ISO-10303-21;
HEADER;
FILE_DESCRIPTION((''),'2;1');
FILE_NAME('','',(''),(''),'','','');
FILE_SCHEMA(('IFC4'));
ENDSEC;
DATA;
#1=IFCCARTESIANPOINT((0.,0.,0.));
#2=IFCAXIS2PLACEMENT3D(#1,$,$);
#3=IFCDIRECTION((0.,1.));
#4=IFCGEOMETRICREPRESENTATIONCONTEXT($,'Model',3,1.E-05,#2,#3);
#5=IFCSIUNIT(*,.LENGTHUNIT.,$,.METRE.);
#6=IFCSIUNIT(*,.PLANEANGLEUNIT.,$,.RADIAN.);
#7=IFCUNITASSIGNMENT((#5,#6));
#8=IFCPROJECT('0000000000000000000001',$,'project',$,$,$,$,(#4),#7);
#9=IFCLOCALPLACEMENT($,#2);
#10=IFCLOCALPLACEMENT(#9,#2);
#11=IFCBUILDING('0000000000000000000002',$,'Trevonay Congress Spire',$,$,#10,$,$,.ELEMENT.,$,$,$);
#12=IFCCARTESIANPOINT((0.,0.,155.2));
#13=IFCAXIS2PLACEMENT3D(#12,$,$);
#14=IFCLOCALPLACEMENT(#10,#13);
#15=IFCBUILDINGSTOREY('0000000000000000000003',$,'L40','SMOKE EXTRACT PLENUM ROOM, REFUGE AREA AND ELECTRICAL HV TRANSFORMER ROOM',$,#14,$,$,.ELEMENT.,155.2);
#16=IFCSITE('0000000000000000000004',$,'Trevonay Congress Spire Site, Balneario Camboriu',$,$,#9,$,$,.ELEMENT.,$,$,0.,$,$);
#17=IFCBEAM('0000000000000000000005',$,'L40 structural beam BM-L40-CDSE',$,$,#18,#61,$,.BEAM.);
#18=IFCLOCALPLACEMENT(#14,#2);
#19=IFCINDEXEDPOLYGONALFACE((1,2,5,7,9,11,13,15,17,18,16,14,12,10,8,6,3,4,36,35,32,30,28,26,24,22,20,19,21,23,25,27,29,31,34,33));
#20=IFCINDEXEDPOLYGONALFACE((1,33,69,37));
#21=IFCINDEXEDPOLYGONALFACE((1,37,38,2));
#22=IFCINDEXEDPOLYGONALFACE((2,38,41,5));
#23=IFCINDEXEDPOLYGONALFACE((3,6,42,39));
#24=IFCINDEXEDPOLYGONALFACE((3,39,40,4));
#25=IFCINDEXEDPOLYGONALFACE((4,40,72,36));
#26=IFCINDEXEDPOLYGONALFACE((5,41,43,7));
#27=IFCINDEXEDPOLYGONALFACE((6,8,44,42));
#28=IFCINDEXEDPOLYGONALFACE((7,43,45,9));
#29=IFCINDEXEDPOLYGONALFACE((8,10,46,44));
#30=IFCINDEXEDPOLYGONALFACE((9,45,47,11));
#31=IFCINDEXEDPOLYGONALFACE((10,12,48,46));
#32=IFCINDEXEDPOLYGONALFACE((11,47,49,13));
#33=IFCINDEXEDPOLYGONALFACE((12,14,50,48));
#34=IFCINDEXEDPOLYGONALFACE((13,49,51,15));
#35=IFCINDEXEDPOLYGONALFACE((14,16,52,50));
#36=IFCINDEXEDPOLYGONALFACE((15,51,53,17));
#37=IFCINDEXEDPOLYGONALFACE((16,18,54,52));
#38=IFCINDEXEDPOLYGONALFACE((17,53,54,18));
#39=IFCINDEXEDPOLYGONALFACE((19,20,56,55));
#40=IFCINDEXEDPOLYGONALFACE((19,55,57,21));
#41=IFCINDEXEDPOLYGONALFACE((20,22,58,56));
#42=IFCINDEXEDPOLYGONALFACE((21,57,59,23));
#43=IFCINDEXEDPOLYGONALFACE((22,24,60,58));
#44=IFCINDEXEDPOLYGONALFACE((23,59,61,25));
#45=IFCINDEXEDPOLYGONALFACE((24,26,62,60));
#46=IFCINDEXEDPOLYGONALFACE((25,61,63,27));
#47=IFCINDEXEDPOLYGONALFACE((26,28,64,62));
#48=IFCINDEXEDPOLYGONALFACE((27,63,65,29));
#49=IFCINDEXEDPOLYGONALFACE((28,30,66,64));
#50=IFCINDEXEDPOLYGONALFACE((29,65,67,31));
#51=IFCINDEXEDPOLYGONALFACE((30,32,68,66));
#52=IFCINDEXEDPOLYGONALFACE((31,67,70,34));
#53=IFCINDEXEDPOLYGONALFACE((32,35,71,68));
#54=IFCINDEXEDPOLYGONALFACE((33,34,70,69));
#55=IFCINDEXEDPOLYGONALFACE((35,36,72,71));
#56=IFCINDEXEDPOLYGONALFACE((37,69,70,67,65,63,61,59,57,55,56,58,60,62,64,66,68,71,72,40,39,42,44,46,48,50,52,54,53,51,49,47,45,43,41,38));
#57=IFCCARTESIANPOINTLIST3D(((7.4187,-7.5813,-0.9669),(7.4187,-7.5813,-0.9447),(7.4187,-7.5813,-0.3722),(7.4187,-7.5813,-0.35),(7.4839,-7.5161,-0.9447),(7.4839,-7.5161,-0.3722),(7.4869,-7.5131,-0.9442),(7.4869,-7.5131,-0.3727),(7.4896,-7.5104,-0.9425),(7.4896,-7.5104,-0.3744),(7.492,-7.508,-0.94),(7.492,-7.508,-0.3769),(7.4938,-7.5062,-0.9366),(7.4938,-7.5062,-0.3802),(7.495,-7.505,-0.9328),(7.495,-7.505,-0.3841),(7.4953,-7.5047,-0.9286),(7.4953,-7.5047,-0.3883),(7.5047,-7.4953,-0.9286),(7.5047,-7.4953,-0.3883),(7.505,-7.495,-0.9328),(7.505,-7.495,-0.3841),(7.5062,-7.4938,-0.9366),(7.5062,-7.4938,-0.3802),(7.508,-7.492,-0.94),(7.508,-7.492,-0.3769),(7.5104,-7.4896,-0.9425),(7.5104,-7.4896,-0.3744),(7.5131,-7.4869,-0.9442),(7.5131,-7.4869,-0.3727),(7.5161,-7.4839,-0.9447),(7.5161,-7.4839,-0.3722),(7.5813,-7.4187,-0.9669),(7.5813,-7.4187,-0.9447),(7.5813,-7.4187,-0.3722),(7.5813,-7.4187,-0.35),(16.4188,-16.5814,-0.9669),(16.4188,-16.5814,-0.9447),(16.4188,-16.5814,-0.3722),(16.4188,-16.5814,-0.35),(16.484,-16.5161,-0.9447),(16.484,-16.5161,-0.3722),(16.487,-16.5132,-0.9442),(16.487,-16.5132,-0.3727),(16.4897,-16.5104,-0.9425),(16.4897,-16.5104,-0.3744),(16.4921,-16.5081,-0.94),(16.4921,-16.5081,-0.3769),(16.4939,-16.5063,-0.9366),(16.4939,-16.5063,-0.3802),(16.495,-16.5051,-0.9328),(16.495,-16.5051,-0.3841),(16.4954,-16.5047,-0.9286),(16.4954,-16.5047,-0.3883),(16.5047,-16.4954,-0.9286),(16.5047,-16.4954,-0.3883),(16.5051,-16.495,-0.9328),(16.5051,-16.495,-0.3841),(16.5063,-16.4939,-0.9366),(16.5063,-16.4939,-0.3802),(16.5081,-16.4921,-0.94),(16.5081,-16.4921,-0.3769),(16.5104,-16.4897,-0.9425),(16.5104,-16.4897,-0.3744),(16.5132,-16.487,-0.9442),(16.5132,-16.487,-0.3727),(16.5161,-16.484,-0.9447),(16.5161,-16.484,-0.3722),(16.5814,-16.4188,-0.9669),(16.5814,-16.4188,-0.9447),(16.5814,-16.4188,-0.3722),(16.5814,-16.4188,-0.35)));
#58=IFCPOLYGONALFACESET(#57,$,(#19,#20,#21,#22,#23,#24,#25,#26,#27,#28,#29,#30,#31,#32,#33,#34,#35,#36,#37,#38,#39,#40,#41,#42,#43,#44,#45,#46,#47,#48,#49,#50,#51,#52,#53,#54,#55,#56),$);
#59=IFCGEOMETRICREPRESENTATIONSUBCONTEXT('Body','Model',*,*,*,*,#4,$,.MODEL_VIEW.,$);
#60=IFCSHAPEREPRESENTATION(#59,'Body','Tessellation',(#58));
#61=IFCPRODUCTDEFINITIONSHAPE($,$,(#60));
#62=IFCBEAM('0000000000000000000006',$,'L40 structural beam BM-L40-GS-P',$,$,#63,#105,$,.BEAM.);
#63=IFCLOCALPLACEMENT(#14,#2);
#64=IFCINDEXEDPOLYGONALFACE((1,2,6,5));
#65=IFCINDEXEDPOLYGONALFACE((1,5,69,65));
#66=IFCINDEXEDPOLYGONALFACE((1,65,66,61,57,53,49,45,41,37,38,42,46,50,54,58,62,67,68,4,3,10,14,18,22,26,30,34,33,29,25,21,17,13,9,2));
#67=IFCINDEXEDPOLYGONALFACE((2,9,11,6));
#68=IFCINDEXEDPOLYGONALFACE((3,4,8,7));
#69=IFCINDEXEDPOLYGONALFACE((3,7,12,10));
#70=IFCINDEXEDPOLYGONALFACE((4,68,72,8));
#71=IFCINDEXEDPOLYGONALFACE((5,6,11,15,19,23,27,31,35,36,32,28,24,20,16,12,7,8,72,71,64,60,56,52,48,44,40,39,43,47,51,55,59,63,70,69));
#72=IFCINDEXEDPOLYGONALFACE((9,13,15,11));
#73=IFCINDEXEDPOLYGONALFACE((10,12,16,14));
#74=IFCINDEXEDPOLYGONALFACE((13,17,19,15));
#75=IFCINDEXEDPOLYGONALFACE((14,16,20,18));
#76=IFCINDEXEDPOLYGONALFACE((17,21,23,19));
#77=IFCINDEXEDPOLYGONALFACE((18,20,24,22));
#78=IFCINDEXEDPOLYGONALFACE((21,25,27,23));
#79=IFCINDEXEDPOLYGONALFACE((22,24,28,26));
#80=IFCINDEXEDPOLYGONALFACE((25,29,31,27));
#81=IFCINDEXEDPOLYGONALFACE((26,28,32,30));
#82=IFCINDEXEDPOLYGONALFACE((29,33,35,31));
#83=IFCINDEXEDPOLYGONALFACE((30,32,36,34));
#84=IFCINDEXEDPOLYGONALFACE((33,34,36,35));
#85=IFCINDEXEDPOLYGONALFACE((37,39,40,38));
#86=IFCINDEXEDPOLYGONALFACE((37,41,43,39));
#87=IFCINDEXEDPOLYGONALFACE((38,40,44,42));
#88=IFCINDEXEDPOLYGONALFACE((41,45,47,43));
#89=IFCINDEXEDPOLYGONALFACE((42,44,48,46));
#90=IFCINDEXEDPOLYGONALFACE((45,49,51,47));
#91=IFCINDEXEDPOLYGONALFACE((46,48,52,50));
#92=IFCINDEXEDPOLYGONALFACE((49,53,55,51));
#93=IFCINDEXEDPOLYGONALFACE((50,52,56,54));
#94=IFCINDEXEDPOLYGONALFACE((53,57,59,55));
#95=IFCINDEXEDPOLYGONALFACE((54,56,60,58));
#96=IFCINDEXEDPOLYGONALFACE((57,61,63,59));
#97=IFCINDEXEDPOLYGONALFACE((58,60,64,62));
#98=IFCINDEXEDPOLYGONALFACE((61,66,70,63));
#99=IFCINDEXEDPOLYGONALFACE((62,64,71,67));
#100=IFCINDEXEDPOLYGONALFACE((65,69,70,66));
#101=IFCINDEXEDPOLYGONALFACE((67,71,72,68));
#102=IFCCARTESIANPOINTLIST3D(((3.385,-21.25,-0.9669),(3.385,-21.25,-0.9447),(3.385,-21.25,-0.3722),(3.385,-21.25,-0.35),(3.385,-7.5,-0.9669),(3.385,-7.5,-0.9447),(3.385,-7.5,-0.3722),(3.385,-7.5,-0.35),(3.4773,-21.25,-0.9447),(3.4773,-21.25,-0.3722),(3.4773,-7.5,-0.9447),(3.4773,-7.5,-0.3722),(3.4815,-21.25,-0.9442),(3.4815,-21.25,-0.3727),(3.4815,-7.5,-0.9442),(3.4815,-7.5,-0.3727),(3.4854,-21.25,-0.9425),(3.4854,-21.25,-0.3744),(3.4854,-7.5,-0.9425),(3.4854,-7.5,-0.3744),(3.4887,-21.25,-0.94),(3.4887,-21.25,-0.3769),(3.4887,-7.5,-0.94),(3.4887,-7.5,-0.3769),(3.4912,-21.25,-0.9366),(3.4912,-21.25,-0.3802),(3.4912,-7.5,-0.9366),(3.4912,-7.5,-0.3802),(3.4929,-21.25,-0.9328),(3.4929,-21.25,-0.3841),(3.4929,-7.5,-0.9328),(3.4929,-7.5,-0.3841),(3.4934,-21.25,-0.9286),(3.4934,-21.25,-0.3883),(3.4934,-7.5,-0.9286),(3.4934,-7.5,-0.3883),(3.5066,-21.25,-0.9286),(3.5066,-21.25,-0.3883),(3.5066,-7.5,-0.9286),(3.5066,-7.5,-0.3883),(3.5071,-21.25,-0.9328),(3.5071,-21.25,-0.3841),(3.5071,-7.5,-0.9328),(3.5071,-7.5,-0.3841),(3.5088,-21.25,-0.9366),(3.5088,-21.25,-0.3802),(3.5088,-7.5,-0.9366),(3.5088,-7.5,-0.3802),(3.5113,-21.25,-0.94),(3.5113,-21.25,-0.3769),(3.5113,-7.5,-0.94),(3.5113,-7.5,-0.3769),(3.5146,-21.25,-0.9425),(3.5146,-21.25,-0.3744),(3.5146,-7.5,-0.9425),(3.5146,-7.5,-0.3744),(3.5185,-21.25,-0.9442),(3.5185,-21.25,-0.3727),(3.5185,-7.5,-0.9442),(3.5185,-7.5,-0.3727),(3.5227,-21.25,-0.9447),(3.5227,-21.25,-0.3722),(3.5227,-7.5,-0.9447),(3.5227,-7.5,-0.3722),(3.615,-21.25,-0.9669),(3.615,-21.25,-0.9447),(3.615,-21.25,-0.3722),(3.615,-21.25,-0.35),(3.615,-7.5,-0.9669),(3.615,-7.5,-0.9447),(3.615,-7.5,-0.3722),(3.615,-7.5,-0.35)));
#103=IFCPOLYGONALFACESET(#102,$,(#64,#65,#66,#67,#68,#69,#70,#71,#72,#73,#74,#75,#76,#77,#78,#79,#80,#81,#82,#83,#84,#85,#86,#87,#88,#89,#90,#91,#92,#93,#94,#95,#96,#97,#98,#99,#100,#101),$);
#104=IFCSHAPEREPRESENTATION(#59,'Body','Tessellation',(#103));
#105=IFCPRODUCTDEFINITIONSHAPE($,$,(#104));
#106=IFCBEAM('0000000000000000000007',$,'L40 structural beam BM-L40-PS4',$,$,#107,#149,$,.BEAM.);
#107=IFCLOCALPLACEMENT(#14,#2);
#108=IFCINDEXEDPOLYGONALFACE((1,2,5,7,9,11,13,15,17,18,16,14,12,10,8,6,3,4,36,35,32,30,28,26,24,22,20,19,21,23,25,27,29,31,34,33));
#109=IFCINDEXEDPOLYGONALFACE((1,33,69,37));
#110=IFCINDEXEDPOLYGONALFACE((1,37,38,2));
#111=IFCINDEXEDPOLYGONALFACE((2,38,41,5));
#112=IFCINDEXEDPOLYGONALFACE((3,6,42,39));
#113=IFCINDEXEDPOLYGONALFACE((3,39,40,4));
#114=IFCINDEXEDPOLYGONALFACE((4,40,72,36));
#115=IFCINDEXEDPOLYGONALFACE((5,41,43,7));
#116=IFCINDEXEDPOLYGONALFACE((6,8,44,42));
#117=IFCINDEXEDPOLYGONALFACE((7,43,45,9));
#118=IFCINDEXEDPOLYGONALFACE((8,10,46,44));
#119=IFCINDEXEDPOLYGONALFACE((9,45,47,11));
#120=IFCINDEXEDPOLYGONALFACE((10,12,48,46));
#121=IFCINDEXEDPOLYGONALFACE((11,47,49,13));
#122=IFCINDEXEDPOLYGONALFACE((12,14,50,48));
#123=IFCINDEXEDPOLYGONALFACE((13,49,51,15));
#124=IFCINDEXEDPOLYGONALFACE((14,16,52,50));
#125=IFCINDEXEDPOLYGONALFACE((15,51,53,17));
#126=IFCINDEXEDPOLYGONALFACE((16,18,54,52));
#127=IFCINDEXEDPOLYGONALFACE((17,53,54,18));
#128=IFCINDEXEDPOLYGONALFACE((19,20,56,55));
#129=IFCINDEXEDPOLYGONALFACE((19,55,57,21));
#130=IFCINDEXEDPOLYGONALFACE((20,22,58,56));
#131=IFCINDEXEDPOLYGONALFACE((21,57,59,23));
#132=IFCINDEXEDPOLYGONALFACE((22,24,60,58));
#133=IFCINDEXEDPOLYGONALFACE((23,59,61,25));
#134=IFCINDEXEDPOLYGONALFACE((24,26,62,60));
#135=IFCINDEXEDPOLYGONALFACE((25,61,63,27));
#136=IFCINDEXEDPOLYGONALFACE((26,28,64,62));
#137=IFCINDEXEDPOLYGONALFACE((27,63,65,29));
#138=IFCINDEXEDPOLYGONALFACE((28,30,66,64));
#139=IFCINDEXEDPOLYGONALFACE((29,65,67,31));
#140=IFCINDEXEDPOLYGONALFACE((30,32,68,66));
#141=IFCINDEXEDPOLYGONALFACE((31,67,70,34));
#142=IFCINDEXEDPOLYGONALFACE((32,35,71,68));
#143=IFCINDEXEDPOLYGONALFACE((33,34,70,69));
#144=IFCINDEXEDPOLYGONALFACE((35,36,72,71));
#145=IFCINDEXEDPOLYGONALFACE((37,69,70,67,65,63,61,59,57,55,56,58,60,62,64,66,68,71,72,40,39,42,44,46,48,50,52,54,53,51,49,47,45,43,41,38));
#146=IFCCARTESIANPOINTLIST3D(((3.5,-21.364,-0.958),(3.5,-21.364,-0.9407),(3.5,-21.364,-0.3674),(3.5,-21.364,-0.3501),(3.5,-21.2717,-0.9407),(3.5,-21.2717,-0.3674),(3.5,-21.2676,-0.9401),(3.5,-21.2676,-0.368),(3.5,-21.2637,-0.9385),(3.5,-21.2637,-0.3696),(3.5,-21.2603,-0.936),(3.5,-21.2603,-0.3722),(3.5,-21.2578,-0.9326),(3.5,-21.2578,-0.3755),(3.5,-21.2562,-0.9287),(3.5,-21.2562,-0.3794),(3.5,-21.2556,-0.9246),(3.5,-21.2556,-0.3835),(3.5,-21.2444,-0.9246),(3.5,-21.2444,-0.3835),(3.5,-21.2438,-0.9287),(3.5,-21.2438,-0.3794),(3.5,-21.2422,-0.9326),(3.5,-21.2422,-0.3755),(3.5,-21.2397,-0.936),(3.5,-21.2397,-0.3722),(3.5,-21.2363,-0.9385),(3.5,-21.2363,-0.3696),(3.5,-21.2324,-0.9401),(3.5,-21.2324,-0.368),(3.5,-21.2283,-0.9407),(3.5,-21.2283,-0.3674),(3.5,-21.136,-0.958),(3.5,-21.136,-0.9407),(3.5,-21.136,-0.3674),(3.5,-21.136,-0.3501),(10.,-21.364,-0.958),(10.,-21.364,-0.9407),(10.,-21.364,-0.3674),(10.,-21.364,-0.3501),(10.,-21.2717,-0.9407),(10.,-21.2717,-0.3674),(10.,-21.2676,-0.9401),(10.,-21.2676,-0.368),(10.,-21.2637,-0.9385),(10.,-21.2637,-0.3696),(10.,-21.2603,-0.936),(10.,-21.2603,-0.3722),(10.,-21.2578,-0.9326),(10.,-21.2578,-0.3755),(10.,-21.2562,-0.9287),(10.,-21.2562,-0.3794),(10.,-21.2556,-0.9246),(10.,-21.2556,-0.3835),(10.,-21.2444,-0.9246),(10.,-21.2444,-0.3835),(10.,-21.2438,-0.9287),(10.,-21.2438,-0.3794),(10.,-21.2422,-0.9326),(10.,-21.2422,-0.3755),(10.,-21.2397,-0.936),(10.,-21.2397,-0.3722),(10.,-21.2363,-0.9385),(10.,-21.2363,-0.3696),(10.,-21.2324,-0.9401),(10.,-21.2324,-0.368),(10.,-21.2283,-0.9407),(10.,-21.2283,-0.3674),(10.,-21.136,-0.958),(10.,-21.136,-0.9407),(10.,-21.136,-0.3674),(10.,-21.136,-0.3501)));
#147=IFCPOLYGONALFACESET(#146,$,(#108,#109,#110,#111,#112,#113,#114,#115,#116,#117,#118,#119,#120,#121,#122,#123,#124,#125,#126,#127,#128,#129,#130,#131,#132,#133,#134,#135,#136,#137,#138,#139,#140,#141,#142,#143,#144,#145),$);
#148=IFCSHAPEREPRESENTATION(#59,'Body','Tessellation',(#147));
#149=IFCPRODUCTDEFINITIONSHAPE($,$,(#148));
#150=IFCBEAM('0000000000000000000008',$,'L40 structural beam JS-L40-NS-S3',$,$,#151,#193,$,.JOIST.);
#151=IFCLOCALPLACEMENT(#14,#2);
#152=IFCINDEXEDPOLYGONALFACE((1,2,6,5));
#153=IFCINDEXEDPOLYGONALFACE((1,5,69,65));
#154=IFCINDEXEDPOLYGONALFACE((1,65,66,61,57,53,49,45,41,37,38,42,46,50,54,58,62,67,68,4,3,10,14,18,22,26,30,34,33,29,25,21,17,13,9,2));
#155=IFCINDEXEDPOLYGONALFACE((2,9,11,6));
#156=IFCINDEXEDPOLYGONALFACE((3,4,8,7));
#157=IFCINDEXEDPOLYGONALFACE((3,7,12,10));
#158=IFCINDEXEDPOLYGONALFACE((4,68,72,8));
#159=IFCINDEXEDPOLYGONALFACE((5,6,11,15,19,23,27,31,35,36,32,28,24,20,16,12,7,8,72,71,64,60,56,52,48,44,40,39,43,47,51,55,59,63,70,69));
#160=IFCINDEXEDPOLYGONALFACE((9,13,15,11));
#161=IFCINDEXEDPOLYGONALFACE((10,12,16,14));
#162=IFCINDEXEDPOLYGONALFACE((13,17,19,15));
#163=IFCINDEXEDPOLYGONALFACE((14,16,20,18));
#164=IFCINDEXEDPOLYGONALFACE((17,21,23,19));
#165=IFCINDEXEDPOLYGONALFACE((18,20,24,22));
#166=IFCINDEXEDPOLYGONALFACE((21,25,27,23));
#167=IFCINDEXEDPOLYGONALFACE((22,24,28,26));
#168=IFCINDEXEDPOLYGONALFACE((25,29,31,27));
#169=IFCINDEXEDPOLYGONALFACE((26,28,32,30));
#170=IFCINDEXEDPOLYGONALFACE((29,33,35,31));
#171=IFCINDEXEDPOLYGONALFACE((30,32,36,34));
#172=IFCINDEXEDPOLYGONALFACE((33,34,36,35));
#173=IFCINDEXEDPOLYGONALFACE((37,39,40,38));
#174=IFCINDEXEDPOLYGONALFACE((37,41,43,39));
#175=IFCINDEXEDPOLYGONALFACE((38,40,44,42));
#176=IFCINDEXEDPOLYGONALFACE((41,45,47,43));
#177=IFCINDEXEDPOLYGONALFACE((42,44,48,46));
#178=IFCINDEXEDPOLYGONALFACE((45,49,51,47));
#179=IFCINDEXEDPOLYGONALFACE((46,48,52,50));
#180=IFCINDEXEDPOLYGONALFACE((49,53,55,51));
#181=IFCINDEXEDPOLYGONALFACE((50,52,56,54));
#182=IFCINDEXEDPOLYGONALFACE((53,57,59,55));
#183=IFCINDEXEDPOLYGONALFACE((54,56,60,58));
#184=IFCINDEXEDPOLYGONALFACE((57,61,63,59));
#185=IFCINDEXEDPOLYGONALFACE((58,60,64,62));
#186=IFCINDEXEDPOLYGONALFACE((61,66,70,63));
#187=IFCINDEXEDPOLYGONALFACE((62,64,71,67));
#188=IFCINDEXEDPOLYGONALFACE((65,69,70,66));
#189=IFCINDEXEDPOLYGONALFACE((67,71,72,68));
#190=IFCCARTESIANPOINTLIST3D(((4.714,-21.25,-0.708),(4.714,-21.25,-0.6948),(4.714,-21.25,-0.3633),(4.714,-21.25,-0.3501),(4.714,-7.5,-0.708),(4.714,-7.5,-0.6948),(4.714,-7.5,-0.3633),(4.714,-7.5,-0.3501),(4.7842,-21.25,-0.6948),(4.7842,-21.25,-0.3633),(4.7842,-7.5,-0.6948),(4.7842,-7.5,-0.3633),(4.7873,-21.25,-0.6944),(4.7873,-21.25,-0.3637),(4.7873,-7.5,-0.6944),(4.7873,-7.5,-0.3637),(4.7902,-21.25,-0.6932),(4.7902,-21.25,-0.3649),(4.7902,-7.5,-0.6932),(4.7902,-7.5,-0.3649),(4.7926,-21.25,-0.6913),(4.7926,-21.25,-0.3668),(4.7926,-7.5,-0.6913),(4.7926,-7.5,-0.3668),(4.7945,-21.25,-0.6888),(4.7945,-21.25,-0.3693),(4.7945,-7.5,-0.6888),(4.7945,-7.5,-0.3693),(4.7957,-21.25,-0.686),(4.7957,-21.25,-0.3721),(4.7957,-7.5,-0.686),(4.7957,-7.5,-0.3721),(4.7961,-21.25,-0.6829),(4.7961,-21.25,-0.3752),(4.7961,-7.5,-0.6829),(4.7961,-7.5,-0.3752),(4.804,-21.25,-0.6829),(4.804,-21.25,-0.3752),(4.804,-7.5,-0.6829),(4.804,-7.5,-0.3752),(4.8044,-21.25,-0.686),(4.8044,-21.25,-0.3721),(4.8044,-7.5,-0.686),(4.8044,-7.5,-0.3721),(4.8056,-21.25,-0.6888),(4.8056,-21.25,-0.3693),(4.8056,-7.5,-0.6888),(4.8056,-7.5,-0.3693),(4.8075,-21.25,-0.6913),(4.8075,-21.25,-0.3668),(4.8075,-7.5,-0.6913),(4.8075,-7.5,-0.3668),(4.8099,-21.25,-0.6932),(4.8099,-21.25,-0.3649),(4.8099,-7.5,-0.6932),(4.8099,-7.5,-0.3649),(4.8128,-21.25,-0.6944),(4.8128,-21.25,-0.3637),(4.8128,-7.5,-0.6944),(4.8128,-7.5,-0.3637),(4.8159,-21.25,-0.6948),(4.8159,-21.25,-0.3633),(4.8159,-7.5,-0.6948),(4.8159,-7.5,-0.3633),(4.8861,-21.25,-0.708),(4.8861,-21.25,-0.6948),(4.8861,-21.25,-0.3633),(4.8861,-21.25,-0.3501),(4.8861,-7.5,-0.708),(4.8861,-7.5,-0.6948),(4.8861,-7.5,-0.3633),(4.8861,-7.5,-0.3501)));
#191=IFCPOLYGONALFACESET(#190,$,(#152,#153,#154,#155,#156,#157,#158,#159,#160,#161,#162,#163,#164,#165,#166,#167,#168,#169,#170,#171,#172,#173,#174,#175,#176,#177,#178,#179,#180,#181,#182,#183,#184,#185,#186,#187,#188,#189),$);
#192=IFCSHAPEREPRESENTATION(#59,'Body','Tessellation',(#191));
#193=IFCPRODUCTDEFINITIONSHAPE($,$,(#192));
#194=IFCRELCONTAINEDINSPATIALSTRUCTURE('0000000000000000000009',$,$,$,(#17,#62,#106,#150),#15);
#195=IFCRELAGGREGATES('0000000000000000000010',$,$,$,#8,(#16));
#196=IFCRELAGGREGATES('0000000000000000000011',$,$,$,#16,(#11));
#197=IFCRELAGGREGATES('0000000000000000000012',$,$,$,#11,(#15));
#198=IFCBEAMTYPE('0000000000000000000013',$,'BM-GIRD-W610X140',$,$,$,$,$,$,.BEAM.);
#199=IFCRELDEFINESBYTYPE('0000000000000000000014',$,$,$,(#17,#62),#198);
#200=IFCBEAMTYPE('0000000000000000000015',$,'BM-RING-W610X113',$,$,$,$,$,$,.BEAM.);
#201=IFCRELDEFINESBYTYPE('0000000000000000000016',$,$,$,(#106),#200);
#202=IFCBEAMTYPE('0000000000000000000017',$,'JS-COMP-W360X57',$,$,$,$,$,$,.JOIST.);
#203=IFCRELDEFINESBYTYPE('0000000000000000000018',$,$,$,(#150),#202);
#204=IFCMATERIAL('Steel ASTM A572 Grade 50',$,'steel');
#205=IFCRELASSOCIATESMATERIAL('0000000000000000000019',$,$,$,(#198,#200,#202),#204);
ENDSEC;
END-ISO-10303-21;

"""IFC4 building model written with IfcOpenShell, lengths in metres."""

from ifc_helpers import new_model, si_unit, direction, frame, origin, origin_2d, place, context, subcontext, project, spatial, i_section, extrude, material, material_profile, profile_set, type_object, element, save


model = new_model("IFC4")

# Units and contexts
model_context = context("Model", 3, precision=1e-05, world=origin(), true_north=direction((0.0, 1.0)))
body_context = subcontext(model_context, "Body", "Model", "MODEL_VIEW")
ifc_project = project(units=[si_unit("LENGTHUNIT", "METRE"), si_unit("PLANEANGLEUNIT", "RADIAN")], contexts=[model_context])

# Site, building, storey
site_placement = place(None, origin())
site = spatial("IfcSite", under=ifc_project, at=site_placement, Name="Trevonay Congress Spire Site, Balneario Camboriu", CompositionType="ELEMENT", RefElevation=0.0)
building_placement = place(site_placement, origin())
building = spatial("IfcBuilding", under=site, at=building_placement, Name="Trevonay Congress Spire", CompositionType="ELEMENT")
storey_placement = place(building_placement, frame((0.0, 0.0, 155.2)))
storey = spatial("IfcBuildingStorey", under=building, at=storey_placement, Name="L40", Description="SMOKE EXTRACT PLENUM ROOM, REFUGE AREA AND ELECTRICAL HV TRANSFORMER ROOM", CompositionType="ELEMENT", Elevation=155.2)

# Shared definitions
ifc_material_1 = material(Name="Steel ASTM A572 Grade 50", Category="steel")

# Beams
ifc_material_profile_1 = material_profile(ifc_material_1, i_section(OverallWidth=0.23, OverallDepth=0.6169, WebThickness=0.0132, FlangeThickness=0.0222, FilletRadius=0.0161, at=origin_2d()), Name="W610x140")
ifc_profile_set_1 = profile_set([ifc_material_profile_1], Name="Steel ASTM A572 Grade 50")
beam_type_1 = type_object("IfcBeamType", Name="BM-GIRD-W610X140", PredefinedType="BEAM", material=ifc_profile_set_1)
beam_1_placement = place(storey_placement, frame((7.5, -7.5, -0.6584), z_axis=(0.707107, -0.707107, 0.0), x_axis=(0.707107, 0.707107, 0.0)))
element("IfcBeam", 1, at=beam_1_placement, inside=storey, type_object=beam_type_1, Name="L40 structural beam BM-L40-CDSE", PredefinedType="BEAM", context=body_context, shape_type="SweptSolid", body=[
    extrude(i_section(OverallWidth=0.23, OverallDepth=0.6169, WebThickness=0.0132, FlangeThickness=0.0222, FilletRadius=0.0161, at=origin_2d()), origin(), (0.0, 0.0, 1.0), 12.728),
])
beam_2_placement = place(storey_placement, frame((3.5, -7.5, -0.6584), z_axis=(0.0, -1.0, 0.0), x_axis=(1.0, 0.0, 0.0)))
element("IfcBeam", 2, at=beam_2_placement, inside=storey, type_object=beam_type_1, Name="L40 structural beam BM-L40-GS-P", PredefinedType="BEAM", context=body_context, shape_type="SweptSolid", body=[
    extrude(i_section(OverallWidth=0.23, OverallDepth=0.6169, WebThickness=0.0132, FlangeThickness=0.0222, FilletRadius=0.0161, at=origin_2d()), origin(), (0.0, 0.0, 1.0), 13.75),
])
ifc_material_profile_2 = material_profile(ifc_material_1, i_section(OverallWidth=0.228, OverallDepth=0.6079, WebThickness=0.0112, FlangeThickness=0.0173, FilletRadius=0.0161, at=origin_2d()), Name="W610x113")
ifc_profile_set_2 = profile_set([ifc_material_profile_2], Name="Steel ASTM A572 Grade 50")
beam_type_2 = type_object("IfcBeamType", Name="BM-RING-W610X113", PredefinedType="BEAM", material=ifc_profile_set_2)
beam_3_placement = place(storey_placement, frame((3.5, -21.25, -0.6541), z_axis=(1.0, 0.0, 0.0), x_axis=(0.0, 1.0, 0.0)))
element("IfcBeam", 3, at=beam_3_placement, inside=storey, type_object=beam_type_2, Name="L40 structural beam BM-L40-PS4", PredefinedType="BEAM", context=body_context, shape_type="SweptSolid", body=[
    extrude(i_section(OverallWidth=0.228, OverallDepth=0.6079, WebThickness=0.0112, FlangeThickness=0.0173, FilletRadius=0.0161, at=origin_2d()), origin(), (0.0, 0.0, 1.0), 6.5),
])
ifc_material_profile_3 = material_profile(ifc_material_1, i_section(OverallWidth=0.1721, OverallDepth=0.3579, WebThickness=0.0078, FlangeThickness=0.0132, FilletRadius=0.012, at=origin_2d()), Name="W360x57.8")
ifc_profile_set_3 = profile_set([ifc_material_profile_3], Name="Steel ASTM A572 Grade 50")
beam_type_3 = type_object("IfcBeamType", Name="JS-COMP-W360X57", PredefinedType="JOIST", material=ifc_profile_set_3)
beam_4_placement = place(storey_placement, frame((4.8, -21.25, -0.5291), z_axis=(0.0, 1.0, 0.0), x_axis=(-1.0, 0.0, 0.0)))
element("IfcBeam", 4, at=beam_4_placement, inside=storey, type_object=beam_type_3, Name="L40 structural beam JS-L40-NS-S3", PredefinedType="JOIST", context=body_context, shape_type="SweptSolid", body=[
    extrude(i_section(OverallWidth=0.1721, OverallDepth=0.3579, WebThickness=0.0078, FlangeThickness=0.0132, FilletRadius=0.012, at=origin_2d()), origin(), (0.0, 0.0, 1.0), 13.75),
])

save(model, "model.ifc")
